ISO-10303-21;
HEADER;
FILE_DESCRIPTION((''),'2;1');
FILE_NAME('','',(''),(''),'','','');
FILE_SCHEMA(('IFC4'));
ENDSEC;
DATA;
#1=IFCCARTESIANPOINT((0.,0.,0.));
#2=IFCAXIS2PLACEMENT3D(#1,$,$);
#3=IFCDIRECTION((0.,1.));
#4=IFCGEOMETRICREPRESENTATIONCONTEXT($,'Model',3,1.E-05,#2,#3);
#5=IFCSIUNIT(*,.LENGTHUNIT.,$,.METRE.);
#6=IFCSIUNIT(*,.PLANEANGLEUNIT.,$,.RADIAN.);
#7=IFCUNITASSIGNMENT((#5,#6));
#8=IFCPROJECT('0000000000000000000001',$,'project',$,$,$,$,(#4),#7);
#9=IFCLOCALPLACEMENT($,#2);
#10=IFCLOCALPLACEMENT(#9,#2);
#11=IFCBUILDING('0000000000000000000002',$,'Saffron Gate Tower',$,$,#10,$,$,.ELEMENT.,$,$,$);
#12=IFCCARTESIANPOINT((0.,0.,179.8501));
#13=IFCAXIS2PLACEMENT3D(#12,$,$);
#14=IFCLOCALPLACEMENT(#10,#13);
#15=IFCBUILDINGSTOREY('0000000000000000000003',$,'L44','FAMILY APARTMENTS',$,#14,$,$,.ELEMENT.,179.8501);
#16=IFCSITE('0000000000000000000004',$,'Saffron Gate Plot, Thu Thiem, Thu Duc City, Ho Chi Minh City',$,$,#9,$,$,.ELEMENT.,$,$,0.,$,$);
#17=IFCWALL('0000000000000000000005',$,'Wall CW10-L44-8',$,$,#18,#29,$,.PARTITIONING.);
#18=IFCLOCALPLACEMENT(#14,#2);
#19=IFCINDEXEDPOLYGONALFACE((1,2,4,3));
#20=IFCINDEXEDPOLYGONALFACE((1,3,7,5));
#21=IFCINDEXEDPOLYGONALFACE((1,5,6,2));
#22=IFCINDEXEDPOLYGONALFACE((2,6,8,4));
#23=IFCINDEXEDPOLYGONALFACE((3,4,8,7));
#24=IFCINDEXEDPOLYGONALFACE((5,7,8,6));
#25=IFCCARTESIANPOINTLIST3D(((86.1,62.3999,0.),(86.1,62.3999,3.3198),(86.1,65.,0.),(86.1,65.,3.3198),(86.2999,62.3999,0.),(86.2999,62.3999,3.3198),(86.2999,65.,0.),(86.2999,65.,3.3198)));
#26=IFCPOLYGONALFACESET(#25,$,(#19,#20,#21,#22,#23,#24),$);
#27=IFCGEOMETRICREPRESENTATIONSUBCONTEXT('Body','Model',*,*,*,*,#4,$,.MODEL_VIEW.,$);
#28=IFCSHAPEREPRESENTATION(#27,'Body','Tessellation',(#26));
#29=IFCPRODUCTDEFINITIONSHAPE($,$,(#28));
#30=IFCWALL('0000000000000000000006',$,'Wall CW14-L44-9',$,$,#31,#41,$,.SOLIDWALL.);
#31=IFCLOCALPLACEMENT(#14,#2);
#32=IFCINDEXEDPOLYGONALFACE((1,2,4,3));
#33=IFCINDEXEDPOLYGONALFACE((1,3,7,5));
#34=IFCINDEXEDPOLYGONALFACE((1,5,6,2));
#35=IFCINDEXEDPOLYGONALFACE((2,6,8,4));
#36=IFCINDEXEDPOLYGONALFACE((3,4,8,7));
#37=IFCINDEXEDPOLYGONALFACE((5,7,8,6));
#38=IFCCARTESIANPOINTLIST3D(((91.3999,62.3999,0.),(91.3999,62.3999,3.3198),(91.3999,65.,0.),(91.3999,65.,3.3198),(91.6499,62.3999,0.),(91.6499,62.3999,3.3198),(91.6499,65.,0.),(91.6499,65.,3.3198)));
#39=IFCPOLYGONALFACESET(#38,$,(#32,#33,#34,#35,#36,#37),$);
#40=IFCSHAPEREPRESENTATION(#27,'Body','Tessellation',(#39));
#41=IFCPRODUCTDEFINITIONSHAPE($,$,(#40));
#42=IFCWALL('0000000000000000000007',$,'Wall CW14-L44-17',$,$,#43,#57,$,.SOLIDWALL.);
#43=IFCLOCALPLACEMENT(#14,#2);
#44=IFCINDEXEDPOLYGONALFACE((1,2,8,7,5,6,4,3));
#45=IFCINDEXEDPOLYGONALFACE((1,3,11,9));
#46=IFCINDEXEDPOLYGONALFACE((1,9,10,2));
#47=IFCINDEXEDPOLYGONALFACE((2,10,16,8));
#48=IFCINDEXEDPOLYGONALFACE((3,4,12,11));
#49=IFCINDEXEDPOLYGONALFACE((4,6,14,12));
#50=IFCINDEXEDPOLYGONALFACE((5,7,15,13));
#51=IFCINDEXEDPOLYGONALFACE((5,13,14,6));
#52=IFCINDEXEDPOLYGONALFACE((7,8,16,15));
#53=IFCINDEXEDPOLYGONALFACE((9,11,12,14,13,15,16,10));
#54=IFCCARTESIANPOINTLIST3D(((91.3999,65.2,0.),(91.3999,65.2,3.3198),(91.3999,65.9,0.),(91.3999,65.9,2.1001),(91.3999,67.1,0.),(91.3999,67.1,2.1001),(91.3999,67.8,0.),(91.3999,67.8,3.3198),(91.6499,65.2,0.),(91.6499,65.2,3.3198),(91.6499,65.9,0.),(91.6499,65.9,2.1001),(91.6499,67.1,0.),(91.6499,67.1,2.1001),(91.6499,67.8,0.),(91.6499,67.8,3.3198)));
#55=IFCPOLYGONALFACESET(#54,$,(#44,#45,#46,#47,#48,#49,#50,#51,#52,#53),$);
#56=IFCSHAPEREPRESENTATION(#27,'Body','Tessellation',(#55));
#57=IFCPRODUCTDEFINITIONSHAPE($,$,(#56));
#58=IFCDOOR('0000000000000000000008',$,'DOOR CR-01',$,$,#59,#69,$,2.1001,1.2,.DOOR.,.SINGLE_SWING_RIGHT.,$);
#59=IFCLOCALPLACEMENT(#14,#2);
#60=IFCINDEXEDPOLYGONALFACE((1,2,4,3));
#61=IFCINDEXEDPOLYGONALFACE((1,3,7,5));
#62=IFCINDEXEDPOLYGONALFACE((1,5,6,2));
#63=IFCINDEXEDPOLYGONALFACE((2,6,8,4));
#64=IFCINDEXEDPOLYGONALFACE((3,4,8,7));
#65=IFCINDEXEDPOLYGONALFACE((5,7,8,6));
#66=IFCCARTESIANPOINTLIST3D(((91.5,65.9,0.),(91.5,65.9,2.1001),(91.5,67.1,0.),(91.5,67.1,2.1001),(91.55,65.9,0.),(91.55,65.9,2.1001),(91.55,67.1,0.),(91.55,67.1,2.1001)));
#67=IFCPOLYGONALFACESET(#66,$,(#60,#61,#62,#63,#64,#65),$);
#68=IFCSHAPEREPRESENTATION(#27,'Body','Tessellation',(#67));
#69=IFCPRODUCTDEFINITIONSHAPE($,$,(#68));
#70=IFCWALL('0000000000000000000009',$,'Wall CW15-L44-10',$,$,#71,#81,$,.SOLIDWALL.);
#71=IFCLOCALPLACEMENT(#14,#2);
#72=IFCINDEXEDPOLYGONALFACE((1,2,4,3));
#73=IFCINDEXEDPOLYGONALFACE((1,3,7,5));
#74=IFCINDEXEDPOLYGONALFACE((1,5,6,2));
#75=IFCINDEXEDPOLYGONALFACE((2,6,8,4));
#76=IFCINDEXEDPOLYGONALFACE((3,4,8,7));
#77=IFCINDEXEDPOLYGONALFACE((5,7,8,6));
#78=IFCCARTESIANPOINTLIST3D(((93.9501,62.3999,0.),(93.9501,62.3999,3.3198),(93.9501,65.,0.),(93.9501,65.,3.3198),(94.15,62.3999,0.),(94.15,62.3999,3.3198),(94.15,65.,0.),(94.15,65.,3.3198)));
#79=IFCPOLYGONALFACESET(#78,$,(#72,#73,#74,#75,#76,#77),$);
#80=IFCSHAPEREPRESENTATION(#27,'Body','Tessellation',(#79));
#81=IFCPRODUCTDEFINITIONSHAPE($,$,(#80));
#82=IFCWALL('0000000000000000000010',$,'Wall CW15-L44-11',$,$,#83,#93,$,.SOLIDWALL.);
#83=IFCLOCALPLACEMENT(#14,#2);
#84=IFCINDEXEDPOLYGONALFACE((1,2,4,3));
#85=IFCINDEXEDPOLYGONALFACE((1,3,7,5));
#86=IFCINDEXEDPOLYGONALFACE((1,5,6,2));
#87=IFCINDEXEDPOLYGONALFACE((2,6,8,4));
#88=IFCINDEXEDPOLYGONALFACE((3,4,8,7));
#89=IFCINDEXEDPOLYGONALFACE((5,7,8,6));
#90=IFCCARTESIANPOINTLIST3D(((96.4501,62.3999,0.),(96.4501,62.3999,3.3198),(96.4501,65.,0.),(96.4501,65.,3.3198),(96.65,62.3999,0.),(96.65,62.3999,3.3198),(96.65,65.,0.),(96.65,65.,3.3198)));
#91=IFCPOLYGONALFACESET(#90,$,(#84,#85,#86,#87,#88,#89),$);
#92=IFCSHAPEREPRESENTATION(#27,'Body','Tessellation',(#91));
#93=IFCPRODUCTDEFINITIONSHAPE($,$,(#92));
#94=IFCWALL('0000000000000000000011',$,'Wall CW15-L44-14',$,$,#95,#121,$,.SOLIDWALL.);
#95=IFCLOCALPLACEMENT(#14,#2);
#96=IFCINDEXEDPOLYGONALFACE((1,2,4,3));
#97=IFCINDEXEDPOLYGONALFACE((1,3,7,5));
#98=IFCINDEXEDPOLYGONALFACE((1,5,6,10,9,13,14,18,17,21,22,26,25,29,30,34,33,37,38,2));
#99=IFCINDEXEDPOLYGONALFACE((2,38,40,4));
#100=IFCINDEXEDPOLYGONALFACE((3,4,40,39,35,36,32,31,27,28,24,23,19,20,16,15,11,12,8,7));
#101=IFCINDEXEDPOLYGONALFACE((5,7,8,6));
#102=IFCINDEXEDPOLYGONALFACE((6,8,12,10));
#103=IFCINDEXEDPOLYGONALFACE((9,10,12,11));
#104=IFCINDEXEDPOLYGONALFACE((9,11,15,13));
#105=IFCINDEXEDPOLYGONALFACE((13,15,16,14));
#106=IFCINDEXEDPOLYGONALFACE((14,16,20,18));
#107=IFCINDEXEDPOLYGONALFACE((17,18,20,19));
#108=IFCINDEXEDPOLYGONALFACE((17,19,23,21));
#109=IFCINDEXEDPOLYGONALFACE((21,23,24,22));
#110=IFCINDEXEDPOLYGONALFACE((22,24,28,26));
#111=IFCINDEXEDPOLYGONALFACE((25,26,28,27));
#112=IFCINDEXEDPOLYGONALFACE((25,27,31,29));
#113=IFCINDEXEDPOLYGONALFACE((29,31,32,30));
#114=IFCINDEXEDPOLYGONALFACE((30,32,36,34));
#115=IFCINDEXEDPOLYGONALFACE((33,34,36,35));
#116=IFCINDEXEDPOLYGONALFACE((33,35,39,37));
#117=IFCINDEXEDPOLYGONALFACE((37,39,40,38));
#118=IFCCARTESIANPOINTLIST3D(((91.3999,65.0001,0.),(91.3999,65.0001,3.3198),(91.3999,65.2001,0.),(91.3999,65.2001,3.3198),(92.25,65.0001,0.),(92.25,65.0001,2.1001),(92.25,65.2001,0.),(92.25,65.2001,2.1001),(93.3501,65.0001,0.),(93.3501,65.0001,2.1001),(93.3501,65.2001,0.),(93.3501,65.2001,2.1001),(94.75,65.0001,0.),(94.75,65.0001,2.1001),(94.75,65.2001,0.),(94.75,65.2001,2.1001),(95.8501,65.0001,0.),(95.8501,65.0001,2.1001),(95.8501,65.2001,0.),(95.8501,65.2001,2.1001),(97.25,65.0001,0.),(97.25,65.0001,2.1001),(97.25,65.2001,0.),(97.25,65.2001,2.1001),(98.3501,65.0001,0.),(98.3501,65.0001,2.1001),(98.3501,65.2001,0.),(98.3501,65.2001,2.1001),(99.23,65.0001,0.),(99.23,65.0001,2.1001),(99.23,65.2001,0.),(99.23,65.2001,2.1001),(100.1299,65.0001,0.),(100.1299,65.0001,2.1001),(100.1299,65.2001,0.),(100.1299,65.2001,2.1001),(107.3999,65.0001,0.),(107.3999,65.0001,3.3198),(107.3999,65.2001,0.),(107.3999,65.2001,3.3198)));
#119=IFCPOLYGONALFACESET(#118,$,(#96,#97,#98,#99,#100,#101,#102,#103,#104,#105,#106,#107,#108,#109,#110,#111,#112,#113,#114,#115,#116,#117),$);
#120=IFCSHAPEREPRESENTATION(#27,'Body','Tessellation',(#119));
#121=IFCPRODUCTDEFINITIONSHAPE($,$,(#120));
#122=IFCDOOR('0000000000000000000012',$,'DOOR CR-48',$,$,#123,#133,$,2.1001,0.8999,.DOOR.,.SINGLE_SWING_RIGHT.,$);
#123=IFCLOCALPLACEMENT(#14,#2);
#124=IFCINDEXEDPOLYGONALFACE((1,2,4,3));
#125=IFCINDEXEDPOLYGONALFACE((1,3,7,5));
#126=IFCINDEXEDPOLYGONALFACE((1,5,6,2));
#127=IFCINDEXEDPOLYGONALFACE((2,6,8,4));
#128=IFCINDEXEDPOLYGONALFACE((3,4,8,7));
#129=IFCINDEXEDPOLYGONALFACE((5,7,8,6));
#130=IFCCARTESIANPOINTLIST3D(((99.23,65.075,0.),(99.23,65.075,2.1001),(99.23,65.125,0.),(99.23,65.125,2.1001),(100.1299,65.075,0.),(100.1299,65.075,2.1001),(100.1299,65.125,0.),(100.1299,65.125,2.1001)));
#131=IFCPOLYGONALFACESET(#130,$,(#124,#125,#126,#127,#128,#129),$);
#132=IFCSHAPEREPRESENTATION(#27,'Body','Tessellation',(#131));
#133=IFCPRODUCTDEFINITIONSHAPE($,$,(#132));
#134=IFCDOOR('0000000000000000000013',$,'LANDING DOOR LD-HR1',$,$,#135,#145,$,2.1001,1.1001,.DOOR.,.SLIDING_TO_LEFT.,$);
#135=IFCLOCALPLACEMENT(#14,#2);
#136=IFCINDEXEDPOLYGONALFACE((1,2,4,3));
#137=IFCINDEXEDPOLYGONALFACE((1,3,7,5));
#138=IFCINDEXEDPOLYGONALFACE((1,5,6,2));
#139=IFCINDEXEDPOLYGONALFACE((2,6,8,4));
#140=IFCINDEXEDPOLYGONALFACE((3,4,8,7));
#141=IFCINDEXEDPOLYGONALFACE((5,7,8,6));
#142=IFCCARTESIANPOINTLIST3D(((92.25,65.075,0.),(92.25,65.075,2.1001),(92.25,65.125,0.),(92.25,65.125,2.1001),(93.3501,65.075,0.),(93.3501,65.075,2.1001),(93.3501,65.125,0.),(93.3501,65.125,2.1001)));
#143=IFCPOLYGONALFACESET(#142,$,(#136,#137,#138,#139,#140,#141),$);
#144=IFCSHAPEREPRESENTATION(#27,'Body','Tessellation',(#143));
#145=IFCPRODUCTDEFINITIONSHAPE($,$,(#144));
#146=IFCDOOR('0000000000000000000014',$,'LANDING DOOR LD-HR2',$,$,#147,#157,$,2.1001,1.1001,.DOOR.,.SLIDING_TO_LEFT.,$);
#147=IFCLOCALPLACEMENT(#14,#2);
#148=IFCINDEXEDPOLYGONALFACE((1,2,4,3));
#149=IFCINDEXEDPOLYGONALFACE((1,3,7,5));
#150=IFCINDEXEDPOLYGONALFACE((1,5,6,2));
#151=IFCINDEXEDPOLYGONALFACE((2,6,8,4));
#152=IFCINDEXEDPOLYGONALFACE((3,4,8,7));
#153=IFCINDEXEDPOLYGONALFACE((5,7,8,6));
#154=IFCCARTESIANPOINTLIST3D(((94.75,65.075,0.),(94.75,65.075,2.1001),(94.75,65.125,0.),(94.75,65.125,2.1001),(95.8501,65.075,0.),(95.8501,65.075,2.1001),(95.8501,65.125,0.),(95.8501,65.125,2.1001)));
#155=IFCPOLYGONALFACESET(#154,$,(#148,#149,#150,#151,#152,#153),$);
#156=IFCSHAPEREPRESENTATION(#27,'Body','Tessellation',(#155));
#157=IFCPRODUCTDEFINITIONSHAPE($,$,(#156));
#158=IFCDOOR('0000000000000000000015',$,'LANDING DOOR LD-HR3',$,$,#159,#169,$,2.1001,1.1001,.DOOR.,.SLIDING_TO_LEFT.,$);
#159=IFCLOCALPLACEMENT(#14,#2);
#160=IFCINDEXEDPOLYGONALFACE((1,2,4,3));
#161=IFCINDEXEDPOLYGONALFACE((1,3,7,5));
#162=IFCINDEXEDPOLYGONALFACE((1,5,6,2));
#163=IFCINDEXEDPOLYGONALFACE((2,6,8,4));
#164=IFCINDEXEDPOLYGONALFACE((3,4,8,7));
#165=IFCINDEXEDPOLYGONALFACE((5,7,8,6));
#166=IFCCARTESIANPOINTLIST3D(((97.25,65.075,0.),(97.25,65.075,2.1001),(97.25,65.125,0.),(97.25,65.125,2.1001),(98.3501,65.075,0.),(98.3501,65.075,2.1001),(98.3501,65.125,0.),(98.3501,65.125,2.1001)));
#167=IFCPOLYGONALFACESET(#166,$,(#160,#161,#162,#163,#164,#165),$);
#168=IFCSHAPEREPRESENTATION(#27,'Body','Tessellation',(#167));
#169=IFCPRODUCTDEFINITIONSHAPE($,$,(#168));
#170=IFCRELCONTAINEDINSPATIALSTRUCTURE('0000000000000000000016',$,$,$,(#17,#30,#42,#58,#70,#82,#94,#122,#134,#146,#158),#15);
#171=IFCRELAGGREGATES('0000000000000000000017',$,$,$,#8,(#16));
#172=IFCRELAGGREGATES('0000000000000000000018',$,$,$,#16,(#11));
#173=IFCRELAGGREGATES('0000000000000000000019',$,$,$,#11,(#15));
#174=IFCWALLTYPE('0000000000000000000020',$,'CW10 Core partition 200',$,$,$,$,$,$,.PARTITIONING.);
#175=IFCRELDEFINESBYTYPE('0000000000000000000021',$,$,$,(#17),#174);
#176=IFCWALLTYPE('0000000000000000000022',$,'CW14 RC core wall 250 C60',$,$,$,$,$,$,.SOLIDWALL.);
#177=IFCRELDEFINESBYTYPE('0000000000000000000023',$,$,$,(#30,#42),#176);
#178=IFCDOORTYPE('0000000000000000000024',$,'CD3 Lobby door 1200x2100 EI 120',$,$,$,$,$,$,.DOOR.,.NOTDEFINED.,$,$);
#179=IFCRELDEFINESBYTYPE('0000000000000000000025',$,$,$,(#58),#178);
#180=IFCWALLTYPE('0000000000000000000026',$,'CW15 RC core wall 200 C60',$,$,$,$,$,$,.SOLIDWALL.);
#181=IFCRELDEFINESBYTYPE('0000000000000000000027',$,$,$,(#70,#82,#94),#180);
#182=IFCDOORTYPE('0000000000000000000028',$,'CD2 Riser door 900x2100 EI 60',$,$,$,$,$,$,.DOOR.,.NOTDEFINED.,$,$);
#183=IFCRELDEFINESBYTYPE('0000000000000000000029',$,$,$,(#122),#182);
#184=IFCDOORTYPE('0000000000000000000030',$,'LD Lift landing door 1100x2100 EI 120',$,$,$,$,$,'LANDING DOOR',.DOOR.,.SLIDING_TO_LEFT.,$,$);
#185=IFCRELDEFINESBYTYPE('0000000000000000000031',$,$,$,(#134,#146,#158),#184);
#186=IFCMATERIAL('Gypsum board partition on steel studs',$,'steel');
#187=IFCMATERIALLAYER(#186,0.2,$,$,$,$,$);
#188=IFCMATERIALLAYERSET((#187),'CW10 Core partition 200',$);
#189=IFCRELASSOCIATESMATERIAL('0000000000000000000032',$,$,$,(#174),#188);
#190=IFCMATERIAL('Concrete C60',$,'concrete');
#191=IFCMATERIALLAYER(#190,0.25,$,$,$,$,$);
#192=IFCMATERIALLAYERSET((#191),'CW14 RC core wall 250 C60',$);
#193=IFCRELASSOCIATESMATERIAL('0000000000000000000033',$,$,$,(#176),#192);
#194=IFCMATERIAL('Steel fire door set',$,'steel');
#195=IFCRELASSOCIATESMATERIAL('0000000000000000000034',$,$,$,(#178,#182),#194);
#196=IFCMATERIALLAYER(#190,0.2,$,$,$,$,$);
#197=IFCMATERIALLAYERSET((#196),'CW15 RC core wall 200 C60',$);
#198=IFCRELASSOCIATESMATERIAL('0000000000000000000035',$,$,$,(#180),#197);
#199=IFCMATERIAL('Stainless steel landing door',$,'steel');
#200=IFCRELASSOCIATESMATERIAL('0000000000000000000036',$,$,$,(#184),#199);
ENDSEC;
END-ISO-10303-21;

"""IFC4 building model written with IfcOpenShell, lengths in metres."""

from ifc_helpers import new_model, si_unit, direction, frame, frame_2d, origin, place, context, subcontext, project, spatial, rectangle, extrude, material, layer, layer_set, type_object, element, fill, save


model = new_model("IFC4")

# Units and contexts
model_context = context("Model", 3, precision=1e-05, world=origin(), true_north=direction((0.0, 1.0)))
body_context = subcontext(model_context, "Body", "Model", "MODEL_VIEW")
ifc_project = project(units=[si_unit("LENGTHUNIT", "METRE"), si_unit("PLANEANGLEUNIT", "RADIAN")], contexts=[model_context])

# Site, building, storey
site_placement = place(None, origin())
site = spatial("IfcSite", under=ifc_project, at=site_placement, Name="Saffron Gate Plot, Thu Thiem, Thu Duc City, Ho Chi Minh City", CompositionType="ELEMENT", RefElevation=0.0)
building_placement = place(site_placement, origin())
building = spatial("IfcBuilding", under=site, at=building_placement, Name="Saffron Gate Tower", CompositionType="ELEMENT")
storey_placement = place(building_placement, frame((0.0, 0.0, 179.8501)))
storey = spatial("IfcBuildingStorey", under=building, at=storey_placement, Name="L44", Description="FAMILY APARTMENTS", CompositionType="ELEMENT", Elevation=179.8501)

# Walls
ifc_material_1 = material(Name="Gypsum board partition on steel studs", Category="steel")
ifc_layer_1 = layer(ifc_material_1, 0.2)
ifc_layer_set_1 = layer_set([ifc_layer_1], Name="CW10 Core partition 200")
wall_type_1 = type_object("IfcWallType", Name="CW10 Core partition 200", PredefinedType="PARTITIONING", material=ifc_layer_set_1)
wall_1_placement = place(storey_placement, frame((86.2, 62.3999, 0.0), z_axis=(0.0, 0.0, 1.0), x_axis=(0.0, 1.0, 0.0)))
element("IfcWall", 1, at=wall_1_placement, inside=storey, type_object=wall_type_1, Name="Wall CW10-L44-8", PredefinedType="PARTITIONING", context=body_context, shape_type="SweptSolid", body=[
    extrude(rectangle(XDim=2.6001, YDim=0.2, at=frame_2d((1.3, 0.0))), origin(), (0.0, 0.0, 1.0), 3.3198),
])
ifc_material_2 = material(Name="Concrete C60", Category="concrete")
ifc_layer_2 = layer(ifc_material_2, 0.25)
ifc_layer_set_2 = layer_set([ifc_layer_2], Name="CW14 RC core wall 250 C60")
wall_type_2 = type_object("IfcWallType", Name="CW14 RC core wall 250 C60", PredefinedType="SOLIDWALL", material=ifc_layer_set_2)
wall_2_placement = place(storey_placement, frame((91.5249, 62.3999, 0.0), z_axis=(0.0, 0.0, 1.0), x_axis=(0.0, 1.0, 0.0)))
element("IfcWall", 2, at=wall_2_placement, inside=storey, type_object=wall_type_2, Name="Wall CW14-L44-9", PredefinedType="SOLIDWALL", context=body_context, shape_type="SweptSolid", body=[
    extrude(rectangle(XDim=2.6001, YDim=0.25, at=frame_2d((1.3, 0.0))), origin(), (0.0, 0.0, 1.0), 3.3198),
])

# Wall, opening, door
wall_3_placement = place(storey_placement, frame((91.5249, 65.2, 0.0), z_axis=(0.0, 0.0, 1.0), x_axis=(0.0, 1.0, 0.0)))
wall_3 = element("IfcWall", 3, at=wall_3_placement, inside=storey, type_object=wall_type_2, Name="Wall CW14-L44-17", PredefinedType="SOLIDWALL", context=body_context, shape_type="SweptSolid", body=[
    extrude(rectangle(XDim=2.6001, YDim=0.25, at=frame_2d((1.3, 0.0))), origin(), (0.0, 0.0, 1.0), 3.3198),
])
opening_1_placement = place(wall_3_placement, frame((0.7, 0.0, 0.0)))
opening_1 = element("IfcOpeningElement", 4, at=opening_1_placement, cuts=wall_3, PredefinedType="OPENING", context=body_context, shape_type="SweptSolid", body=[
    extrude(rectangle(XDim=1.2, YDim=2.1001, at=frame_2d((0.6001, 1.05))), frame((0.0, 0.135, 0.0), z_axis=(0.0, -1.0, 0.0), x_axis=(1.0, 0.0, 0.0)), (0.0, 0.0, 1.0), 0.27),
])
ifc_material_3 = material(Name="Steel fire door set", Category="steel")
door_type_1 = type_object("IfcDoorType", Name="CD3 Lobby door 1200x2100 EI 120", OperationType="NOTDEFINED", PredefinedType="DOOR", material=ifc_material_3)
door_1_placement = place(opening_1_placement, origin())
door_1 = element("IfcDoor", 5, at=door_1_placement, inside=storey, type_object=door_type_1, Name="DOOR CR-01", OperationType="SINGLE_SWING_RIGHT", OverallHeight=2.1001, OverallWidth=1.2, PredefinedType="DOOR", context=body_context, shape_type="SweptSolid", body=[
    extrude(rectangle(XDim=1.2, YDim=2.1001, at=frame_2d((0.6001, 1.05))), frame((0.0, 0.0249, 0.0), z_axis=(0.0, -1.0, 0.0), x_axis=(1.0, 0.0, 0.0)), (0.0, 0.0, 1.0), 0.05),
])
fill(opening_1, door_1)

# Walls
ifc_layer_3 = layer(ifc_material_2, 0.2)
ifc_layer_set_3 = layer_set([ifc_layer_3], Name="CW15 RC core wall 200 C60")
wall_type_3 = type_object("IfcWallType", Name="CW15 RC core wall 200 C60", PredefinedType="SOLIDWALL", material=ifc_layer_set_3)
for number, where, z_axis, x_axis, name in (
    (6, (94.05, 62.3999, 0.0), (0.0, 0.0, 1.0), (0.0, 1.0, 0.0), "Wall CW15-L44-10"),
    (7, (96.55, 62.3999, 0.0), (0.0, 0.0, 1.0), (0.0, 1.0, 0.0), "Wall CW15-L44-11"),
):
    element("IfcWall", number, at=place(storey_placement, frame(where, z_axis=z_axis, x_axis=x_axis)), inside=storey, type_object=wall_type_3, Name=name, PredefinedType="SOLIDWALL", context=body_context, shape_type="SweptSolid", body=[
        extrude(rectangle(XDim=2.6001, YDim=0.2, at=frame_2d((1.3, 0.0))), origin(), (0.0, 0.0, 1.0), 3.3198),
    ])

# Wall, openings, doors
wall_4_placement = place(storey_placement, frame((91.3999, 65.1001, 0.0), z_axis=(0.0, 0.0, 1.0), x_axis=(1.0, 0.0, 0.0)))
wall_4 = element("IfcWall", 8, at=wall_4_placement, inside=storey, type_object=wall_type_3, Name="Wall CW15-L44-14", PredefinedType="SOLIDWALL", context=body_context, shape_type="SweptSolid", body=[
    extrude(rectangle(XDim=16.0, YDim=0.2, at=frame_2d((8.0, 0.0))), origin(), (0.0, 0.0, 1.0), 3.3198),
])
opening_2_placement = place(wall_4_placement, frame((0.8501, 0.0, 0.0)))
opening_2 = element("IfcOpeningElement", 9, at=opening_2_placement, cuts=wall_4, PredefinedType="OPENING", context=body_context, shape_type="SweptSolid", body=[
    extrude(rectangle(XDim=1.1001, YDim=2.1001, at=frame_2d((0.55, 1.05))), frame((0.0, 0.1099, 0.0), z_axis=(0.0, -1.0, 0.0), x_axis=(1.0, 0.0, 0.0)), (0.0, 0.0, 1.0), 0.22),
])
opening_3_placement = place(wall_4_placement, frame((3.3501, 0.0, 0.0)))
opening_3 = element("IfcOpeningElement", 10, at=opening_3_placement, cuts=wall_4, PredefinedType="OPENING", context=body_context, shape_type="SweptSolid", body=[
    extrude(rectangle(XDim=1.1001, YDim=2.1001, at=frame_2d((0.55, 1.05))), frame((0.0, 0.1099, 0.0), z_axis=(0.0, -1.0, 0.0), x_axis=(1.0, 0.0, 0.0)), (0.0, 0.0, 1.0), 0.22),
])
opening_4_placement = place(wall_4_placement, frame((5.8501, 0.0, 0.0)))
opening_4 = element("IfcOpeningElement", 11, at=opening_4_placement, cuts=wall_4, PredefinedType="OPENING", context=body_context, shape_type="SweptSolid", body=[
    extrude(rectangle(XDim=1.1001, YDim=2.1001, at=frame_2d((0.55, 1.05))), frame((0.0, 0.1099, 0.0), z_axis=(0.0, -1.0, 0.0), x_axis=(1.0, 0.0, 0.0)), (0.0, 0.0, 1.0), 0.22),
])
opening_5_placement = place(wall_4_placement, frame((7.8301, 0.0, 0.0)))
opening_5 = element("IfcOpeningElement", 12, at=opening_5_placement, cuts=wall_4, PredefinedType="OPENING", context=body_context, shape_type="SweptSolid", body=[
    extrude(rectangle(XDim=0.8999, YDim=2.1001, at=frame_2d((0.45, 1.05))), frame((0.0, 0.1099, 0.0), z_axis=(0.0, -1.0, 0.0), x_axis=(1.0, 0.0, 0.0)), (0.0, 0.0, 1.0), 0.22),
])
door_type_2 = type_object("IfcDoorType", Name="CD2 Riser door 900x2100 EI 60", OperationType="NOTDEFINED", PredefinedType="DOOR", material=ifc_material_3)
door_2_placement = place(opening_5_placement, origin())
door_2 = element("IfcDoor", 13, at=door_2_placement, inside=storey, type_object=door_type_2, Name="DOOR CR-48", OperationType="SINGLE_SWING_RIGHT", OverallHeight=2.1001, OverallWidth=0.8999, PredefinedType="DOOR", context=body_context, shape_type="SweptSolid", body=[
    extrude(rectangle(XDim=0.8999, YDim=2.1001, at=frame_2d((0.45, 1.05))), frame((0.0, 0.0249, 0.0), z_axis=(0.0, -1.0, 0.0), x_axis=(1.0, 0.0, 0.0)), (0.0, 0.0, 1.0), 0.05),
])
fill(opening_5, door_2)
ifc_material_4 = material(Name="Stainless steel landing door", Category="steel")
door_type_3 = type_object("IfcDoorType", Name="LD Lift landing door 1100x2100 EI 120", ElementType="LANDING DOOR", OperationType="SLIDING_TO_LEFT", PredefinedType="DOOR", material=ifc_material_4)
door_3_placement = place(opening_2_placement, origin())
door_3 = element("IfcDoor", 14, at=door_3_placement, inside=storey, type_object=door_type_3, Name="LANDING DOOR LD-HR1", OperationType="SLIDING_TO_LEFT", OverallHeight=2.1001, OverallWidth=1.1001, PredefinedType="DOOR", context=body_context, shape_type="SweptSolid", body=[
    extrude(rectangle(XDim=1.1001, YDim=2.1001, at=frame_2d((0.55, 1.05))), frame((0.0, 0.0249, 0.0), z_axis=(0.0, -1.0, 0.0), x_axis=(1.0, 0.0, 0.0)), (0.0, 0.0, 1.0), 0.05),
])
fill(opening_2, door_3)
door_4_placement = place(opening_3_placement, origin())
door_4 = element("IfcDoor", 15, at=door_4_placement, inside=storey, type_object=door_type_3, Name="LANDING DOOR LD-HR2", OperationType="SLIDING_TO_LEFT", OverallHeight=2.1001, OverallWidth=1.1001, PredefinedType="DOOR", context=body_context, shape_type="SweptSolid", body=[
    extrude(rectangle(XDim=1.1001, YDim=2.1001, at=frame_2d((0.55, 1.05))), frame((0.0, 0.0249, 0.0), z_axis=(0.0, -1.0, 0.0), x_axis=(1.0, 0.0, 0.0)), (0.0, 0.0, 1.0), 0.05),
])
fill(opening_3, door_4)
door_5_placement = place(opening_4_placement, origin())
door_5 = element("IfcDoor", 16, at=door_5_placement, inside=storey, type_object=door_type_3, Name="LANDING DOOR LD-HR3", OperationType="SLIDING_TO_LEFT", OverallHeight=2.1001, OverallWidth=1.1001, PredefinedType="DOOR", context=body_context, shape_type="SweptSolid", body=[
    extrude(rectangle(XDim=1.1001, YDim=2.1001, at=frame_2d((0.55, 1.05))), frame((0.0, 0.0249, 0.0), z_axis=(0.0, -1.0, 0.0), x_axis=(1.0, 0.0, 0.0)), (0.0, 0.0, 1.0), 0.05),
])
fill(opening_4, door_5)

save(model, "model.ifc")
